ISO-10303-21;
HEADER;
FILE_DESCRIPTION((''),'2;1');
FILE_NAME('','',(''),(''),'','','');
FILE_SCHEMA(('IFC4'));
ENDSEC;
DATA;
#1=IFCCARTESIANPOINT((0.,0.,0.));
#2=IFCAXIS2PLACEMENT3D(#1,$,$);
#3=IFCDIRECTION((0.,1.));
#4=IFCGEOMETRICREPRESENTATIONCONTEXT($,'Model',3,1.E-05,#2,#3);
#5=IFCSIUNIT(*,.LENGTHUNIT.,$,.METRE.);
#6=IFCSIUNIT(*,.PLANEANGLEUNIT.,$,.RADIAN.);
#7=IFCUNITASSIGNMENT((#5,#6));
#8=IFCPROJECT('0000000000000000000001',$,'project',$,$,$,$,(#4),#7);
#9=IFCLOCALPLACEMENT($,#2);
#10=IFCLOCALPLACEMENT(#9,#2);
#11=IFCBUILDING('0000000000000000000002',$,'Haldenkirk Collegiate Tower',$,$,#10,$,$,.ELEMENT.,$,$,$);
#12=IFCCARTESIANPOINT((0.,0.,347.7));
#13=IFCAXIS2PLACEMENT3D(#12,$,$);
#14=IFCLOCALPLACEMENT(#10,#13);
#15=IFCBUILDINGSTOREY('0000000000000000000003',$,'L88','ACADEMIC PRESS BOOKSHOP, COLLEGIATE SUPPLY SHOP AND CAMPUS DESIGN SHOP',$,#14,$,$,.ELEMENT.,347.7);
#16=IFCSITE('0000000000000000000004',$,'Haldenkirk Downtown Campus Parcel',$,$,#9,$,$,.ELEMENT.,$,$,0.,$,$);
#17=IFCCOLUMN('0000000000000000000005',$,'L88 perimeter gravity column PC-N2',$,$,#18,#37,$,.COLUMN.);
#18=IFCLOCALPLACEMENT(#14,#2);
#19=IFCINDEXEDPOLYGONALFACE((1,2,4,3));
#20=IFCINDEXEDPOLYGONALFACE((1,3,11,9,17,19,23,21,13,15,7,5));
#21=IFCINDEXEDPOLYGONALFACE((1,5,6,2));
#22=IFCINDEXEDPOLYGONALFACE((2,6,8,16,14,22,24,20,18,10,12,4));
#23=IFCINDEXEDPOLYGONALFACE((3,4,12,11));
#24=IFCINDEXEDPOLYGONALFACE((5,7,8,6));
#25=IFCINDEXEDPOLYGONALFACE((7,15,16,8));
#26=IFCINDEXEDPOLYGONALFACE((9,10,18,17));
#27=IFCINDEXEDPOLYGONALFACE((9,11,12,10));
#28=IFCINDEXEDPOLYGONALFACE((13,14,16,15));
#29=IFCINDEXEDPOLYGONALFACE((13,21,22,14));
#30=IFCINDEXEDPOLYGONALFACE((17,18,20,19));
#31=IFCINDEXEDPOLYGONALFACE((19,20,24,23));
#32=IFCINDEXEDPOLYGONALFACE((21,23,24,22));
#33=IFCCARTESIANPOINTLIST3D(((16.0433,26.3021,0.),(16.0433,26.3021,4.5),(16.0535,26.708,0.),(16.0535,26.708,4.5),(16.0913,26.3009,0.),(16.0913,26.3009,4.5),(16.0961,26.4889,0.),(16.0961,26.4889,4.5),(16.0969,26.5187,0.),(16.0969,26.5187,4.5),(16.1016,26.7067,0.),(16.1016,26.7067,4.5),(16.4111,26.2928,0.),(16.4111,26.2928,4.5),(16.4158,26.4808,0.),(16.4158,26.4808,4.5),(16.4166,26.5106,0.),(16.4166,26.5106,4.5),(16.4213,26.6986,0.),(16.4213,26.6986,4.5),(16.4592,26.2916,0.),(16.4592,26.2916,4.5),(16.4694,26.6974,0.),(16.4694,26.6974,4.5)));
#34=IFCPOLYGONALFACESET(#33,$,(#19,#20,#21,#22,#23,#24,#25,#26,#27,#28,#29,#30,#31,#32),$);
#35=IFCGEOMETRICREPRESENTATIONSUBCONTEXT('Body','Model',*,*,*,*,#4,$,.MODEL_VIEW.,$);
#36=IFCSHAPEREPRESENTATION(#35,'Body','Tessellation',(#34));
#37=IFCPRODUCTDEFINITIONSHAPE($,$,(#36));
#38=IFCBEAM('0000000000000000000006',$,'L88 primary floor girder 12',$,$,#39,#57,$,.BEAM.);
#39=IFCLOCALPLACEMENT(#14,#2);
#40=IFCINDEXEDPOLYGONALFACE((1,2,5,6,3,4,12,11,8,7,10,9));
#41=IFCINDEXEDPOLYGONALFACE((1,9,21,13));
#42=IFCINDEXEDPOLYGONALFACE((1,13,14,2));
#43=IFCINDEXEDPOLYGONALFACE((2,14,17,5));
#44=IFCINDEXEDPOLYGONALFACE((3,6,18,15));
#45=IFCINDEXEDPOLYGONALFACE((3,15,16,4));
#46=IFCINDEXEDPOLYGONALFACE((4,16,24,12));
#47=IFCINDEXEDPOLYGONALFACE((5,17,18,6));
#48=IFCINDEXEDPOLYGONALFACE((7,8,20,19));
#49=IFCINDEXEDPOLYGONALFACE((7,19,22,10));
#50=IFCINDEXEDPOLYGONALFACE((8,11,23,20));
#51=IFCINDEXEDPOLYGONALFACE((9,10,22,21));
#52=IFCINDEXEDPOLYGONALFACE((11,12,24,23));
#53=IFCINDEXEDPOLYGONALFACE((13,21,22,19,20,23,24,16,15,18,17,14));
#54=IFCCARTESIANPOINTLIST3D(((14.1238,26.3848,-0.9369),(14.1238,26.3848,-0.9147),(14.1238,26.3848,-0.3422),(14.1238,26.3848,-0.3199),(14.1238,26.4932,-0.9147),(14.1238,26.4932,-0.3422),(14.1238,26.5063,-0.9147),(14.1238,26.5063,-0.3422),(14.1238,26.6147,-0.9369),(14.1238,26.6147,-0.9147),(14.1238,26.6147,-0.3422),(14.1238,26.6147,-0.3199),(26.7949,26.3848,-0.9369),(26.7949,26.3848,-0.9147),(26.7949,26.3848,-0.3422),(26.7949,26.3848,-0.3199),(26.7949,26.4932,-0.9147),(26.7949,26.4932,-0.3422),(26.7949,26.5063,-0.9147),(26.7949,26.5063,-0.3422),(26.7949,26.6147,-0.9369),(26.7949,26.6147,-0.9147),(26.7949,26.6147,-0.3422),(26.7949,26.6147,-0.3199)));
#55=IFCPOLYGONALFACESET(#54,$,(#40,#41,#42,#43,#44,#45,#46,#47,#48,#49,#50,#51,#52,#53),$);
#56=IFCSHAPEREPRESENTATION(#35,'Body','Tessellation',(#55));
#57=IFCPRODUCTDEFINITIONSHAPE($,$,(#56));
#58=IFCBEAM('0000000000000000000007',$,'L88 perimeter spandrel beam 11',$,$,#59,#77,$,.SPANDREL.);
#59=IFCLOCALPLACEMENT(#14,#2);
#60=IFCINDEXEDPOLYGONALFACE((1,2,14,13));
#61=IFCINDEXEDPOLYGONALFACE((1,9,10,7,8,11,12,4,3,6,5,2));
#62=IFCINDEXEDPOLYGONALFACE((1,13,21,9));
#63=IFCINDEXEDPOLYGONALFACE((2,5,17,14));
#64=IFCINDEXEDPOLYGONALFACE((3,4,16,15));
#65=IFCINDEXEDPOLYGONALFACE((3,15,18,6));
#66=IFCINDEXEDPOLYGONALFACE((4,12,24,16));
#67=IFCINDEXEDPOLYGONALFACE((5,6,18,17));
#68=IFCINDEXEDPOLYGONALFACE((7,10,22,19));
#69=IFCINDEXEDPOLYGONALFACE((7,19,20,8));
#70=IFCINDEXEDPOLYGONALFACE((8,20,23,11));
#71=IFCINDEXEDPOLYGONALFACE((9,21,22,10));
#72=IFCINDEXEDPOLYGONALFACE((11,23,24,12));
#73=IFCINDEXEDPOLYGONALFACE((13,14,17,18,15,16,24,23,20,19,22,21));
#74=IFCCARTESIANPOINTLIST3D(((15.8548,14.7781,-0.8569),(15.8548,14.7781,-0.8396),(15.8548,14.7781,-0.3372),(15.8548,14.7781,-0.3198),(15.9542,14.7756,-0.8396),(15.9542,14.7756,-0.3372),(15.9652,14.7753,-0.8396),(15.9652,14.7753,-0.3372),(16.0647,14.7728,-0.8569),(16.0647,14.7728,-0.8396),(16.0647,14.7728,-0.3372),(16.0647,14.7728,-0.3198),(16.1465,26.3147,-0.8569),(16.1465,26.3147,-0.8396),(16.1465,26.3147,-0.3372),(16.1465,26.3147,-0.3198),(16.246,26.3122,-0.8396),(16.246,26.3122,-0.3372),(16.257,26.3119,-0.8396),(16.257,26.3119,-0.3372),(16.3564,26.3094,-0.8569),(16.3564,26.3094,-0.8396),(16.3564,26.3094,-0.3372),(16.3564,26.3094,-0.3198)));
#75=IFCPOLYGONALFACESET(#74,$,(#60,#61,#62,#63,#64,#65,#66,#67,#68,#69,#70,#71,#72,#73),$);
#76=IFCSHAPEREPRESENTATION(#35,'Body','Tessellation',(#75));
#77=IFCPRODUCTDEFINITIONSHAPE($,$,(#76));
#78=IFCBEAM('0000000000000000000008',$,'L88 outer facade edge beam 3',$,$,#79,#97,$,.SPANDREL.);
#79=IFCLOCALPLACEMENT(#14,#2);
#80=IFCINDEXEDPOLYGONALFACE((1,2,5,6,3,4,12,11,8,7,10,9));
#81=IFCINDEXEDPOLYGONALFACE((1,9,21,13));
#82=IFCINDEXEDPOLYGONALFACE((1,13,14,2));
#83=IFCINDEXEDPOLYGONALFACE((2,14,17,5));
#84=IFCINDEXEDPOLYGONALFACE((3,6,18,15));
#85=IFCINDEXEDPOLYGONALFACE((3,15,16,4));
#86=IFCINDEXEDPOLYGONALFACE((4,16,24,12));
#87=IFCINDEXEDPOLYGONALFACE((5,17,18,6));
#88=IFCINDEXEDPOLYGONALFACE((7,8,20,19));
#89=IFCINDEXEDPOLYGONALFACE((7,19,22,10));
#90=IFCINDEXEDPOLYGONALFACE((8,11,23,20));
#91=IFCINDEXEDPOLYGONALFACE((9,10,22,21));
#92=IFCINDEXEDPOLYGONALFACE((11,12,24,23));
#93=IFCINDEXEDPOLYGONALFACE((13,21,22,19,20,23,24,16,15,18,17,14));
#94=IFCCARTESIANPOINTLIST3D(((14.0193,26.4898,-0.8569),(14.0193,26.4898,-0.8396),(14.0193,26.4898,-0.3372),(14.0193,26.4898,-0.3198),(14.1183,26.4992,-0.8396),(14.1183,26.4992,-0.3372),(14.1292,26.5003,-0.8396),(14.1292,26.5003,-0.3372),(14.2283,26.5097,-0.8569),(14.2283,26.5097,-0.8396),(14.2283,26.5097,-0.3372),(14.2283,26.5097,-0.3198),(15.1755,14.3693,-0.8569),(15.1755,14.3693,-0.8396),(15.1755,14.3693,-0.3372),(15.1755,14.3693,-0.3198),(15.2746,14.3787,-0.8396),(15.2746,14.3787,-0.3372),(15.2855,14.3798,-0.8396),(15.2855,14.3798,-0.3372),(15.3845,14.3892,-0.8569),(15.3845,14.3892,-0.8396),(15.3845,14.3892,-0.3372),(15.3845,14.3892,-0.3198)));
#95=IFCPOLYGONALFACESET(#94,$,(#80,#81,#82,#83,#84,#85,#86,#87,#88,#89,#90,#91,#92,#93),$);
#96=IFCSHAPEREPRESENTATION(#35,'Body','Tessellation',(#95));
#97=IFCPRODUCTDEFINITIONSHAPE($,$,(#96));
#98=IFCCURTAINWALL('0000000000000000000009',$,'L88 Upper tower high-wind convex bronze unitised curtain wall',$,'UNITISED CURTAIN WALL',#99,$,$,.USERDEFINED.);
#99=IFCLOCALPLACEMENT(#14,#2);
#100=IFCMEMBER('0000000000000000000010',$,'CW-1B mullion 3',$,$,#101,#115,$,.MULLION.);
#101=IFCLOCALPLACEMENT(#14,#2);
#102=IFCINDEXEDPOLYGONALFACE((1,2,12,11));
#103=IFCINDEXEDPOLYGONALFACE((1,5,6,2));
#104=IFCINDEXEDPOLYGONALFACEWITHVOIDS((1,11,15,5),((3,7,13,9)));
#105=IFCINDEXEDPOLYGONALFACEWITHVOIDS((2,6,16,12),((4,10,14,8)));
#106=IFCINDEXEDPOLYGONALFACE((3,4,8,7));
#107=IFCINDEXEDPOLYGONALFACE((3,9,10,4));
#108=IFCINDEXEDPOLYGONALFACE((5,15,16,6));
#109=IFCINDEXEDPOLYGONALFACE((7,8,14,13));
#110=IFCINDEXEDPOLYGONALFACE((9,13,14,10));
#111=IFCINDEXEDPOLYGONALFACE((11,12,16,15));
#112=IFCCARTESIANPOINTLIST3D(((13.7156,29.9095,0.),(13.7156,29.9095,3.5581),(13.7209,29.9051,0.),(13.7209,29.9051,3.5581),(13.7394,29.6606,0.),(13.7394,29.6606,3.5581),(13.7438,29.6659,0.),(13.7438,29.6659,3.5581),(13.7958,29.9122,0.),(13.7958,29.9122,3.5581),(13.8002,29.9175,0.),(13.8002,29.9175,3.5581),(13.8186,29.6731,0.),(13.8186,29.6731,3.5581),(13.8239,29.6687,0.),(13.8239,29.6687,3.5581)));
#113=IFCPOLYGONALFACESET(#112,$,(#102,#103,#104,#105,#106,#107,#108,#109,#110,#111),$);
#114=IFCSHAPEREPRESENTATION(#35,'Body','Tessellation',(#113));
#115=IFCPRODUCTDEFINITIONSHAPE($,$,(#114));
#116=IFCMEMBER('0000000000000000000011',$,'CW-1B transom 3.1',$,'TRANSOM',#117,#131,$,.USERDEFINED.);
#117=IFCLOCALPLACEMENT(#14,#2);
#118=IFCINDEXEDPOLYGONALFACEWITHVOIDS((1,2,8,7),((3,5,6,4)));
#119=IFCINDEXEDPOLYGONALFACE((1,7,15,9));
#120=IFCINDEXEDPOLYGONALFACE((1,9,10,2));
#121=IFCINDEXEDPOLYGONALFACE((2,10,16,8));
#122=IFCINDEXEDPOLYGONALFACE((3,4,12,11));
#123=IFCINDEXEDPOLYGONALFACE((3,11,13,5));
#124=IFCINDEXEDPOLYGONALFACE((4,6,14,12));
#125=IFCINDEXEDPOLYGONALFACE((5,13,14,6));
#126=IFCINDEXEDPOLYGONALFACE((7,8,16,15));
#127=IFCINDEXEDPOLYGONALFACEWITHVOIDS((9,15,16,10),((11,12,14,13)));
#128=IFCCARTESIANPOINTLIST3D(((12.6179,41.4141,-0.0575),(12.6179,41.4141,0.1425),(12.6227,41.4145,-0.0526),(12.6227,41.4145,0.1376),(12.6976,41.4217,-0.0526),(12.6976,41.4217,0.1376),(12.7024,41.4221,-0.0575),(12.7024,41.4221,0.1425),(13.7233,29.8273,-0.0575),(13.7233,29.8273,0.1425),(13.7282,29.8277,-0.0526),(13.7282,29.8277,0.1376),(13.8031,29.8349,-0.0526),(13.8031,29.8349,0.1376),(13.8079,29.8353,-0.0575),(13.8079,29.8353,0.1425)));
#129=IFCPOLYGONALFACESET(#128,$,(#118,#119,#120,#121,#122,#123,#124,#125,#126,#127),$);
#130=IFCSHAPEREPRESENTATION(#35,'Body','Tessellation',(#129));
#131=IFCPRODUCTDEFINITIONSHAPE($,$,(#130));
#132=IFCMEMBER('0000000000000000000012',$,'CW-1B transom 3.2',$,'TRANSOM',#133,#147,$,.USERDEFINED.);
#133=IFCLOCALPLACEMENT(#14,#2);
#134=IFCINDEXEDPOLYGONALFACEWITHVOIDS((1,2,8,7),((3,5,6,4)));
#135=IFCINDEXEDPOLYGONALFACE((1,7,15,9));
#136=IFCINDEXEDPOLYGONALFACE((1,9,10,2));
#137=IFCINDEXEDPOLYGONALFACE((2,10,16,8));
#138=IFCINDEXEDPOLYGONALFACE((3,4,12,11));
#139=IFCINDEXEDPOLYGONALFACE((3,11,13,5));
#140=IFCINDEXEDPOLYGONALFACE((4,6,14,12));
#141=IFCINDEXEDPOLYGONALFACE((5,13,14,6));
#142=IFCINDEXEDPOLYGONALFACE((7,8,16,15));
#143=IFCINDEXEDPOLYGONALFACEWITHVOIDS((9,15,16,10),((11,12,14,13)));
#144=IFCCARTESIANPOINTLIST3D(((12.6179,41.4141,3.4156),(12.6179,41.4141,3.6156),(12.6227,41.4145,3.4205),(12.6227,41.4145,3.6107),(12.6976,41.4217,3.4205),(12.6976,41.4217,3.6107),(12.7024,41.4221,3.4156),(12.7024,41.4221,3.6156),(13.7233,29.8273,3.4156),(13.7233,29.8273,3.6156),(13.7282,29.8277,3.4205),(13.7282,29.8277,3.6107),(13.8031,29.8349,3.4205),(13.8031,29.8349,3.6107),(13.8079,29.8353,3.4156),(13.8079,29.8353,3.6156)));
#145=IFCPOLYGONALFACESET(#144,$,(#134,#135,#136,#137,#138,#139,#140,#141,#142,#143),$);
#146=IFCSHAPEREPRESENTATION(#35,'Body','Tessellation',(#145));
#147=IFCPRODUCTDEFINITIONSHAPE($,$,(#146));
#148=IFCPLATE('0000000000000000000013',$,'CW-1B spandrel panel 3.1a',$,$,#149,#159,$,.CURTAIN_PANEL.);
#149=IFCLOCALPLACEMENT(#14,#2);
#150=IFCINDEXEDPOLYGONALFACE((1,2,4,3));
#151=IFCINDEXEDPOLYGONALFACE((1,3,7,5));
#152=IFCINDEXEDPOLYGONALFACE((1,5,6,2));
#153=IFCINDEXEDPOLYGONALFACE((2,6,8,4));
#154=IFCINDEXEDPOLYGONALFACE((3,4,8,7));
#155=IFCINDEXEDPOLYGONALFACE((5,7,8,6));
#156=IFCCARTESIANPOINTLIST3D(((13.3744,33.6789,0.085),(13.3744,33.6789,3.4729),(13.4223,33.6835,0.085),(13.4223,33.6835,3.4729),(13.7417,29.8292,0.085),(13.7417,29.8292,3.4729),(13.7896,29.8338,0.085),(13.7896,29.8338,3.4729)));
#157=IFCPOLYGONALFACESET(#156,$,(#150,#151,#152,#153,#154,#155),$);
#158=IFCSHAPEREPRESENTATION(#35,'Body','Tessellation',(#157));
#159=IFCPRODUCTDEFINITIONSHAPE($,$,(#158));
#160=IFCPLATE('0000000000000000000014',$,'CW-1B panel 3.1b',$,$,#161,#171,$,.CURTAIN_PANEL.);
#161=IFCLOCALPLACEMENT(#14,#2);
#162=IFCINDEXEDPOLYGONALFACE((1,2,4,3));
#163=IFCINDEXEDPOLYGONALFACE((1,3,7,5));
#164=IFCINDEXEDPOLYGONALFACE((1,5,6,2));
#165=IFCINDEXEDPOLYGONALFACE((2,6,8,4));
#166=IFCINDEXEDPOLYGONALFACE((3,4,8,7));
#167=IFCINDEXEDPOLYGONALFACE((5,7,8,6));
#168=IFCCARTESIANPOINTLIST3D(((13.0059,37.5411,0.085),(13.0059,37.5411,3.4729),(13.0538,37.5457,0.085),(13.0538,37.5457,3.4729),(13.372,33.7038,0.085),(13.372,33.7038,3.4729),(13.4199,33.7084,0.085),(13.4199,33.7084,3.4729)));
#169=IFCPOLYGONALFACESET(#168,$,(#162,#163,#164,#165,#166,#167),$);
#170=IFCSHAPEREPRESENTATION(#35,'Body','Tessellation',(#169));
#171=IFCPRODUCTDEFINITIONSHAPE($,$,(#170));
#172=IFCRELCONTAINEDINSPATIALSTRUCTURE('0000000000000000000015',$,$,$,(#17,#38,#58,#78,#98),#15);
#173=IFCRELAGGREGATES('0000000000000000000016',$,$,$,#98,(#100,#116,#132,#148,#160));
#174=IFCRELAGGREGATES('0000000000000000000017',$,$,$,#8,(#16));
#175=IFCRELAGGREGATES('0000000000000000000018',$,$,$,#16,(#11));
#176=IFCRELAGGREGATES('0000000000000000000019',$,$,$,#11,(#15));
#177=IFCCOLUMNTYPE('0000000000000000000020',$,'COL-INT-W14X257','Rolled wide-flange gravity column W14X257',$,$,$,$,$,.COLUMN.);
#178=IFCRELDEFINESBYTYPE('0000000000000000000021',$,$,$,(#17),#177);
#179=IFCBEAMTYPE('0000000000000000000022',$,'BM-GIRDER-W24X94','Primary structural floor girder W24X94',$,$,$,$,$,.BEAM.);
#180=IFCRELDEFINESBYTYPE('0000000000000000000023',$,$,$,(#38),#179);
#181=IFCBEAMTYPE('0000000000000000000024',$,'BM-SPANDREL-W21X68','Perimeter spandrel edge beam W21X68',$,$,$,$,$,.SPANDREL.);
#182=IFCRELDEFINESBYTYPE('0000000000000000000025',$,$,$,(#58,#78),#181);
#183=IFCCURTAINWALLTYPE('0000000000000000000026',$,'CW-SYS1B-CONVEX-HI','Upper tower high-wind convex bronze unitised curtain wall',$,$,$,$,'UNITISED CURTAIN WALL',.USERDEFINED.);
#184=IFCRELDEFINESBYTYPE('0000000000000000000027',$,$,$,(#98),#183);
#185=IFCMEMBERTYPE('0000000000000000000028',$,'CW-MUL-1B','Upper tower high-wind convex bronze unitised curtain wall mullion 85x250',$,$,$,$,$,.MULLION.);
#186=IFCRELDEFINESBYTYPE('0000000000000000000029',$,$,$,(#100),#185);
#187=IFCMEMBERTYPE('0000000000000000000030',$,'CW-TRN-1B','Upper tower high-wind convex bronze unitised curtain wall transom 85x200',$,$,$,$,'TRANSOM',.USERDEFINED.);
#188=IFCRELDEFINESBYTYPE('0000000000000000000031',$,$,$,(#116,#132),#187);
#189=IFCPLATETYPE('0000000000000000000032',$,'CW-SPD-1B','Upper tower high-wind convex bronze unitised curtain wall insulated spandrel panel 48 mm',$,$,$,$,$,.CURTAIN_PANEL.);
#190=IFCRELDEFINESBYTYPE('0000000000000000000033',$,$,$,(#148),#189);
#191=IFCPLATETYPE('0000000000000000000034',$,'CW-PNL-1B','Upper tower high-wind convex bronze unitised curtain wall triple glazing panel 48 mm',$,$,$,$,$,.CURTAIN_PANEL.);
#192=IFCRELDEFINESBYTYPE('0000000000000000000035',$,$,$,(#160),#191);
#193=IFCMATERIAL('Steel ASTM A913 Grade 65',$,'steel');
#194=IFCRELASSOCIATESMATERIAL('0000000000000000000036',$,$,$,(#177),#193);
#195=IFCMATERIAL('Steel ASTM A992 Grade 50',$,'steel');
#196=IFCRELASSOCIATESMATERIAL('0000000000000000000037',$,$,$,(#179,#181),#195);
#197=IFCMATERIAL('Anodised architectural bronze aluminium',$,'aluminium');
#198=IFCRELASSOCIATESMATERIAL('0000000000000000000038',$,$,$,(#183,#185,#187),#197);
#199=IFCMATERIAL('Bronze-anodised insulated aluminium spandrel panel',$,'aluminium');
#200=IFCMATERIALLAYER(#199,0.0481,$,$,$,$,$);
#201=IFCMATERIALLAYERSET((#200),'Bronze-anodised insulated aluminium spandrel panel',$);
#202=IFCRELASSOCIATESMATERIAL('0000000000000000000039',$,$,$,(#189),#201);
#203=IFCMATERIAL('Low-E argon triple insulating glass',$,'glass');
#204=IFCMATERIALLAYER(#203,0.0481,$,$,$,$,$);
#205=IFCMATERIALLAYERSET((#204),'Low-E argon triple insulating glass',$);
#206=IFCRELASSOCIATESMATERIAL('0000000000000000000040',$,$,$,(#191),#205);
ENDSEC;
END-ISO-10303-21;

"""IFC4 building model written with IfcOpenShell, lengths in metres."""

from ifc_helpers import new_model, si_unit, direction, frame, origin, origin_2d, place, context, subcontext, project, spatial, rectangle, hollow_rectangle, i_section, extrude, source, transform, mapped, material, layer, layer_set, material_profile, profile_set, type_object, element, aggregate, save


model = new_model("IFC4")

# Units and contexts
model_context = context("Model", 3, precision=1e-05, world=origin(), true_north=direction((0.0, 1.0)))
body_context = subcontext(model_context, "Body", "Model", "MODEL_VIEW")
ifc_project = project(units=[si_unit("LENGTHUNIT", "METRE"), si_unit("PLANEANGLEUNIT", "RADIAN")], contexts=[model_context])

# Site, building, storey
site_placement = place(None, origin())
site = spatial("IfcSite", under=ifc_project, at=site_placement, Name="Haldenkirk Downtown Campus Parcel", CompositionType="ELEMENT", RefElevation=0.0)
building_placement = place(site_placement, origin())
building = spatial("IfcBuilding", under=site, at=building_placement, Name="Haldenkirk Collegiate Tower", CompositionType="ELEMENT")
storey_placement = place(building_placement, frame((0.0, 0.0, 347.7)))
storey = spatial("IfcBuildingStorey", under=building, at=storey_placement, Name="L88", Description="ACADEMIC PRESS BOOKSHOP, COLLEGIATE SUPPLY SHOP AND CAMPUS DESIGN SHOP", CompositionType="ELEMENT", Elevation=347.7)

# Column
ifc_material_1 = material(Name="Steel ASTM A913 Grade 65", Category="steel")
ifc_material_profile_1 = material_profile(ifc_material_1, i_section(OverallWidth=0.406, OverallDepth=0.416, WebThickness=0.0298, FlangeThickness=0.0481, at=origin_2d()), Name="W14X257")
ifc_profile_set_1 = profile_set([ifc_material_profile_1], Name="Steel ASTM A913 Grade 65")
column_type = type_object("IfcColumnType", Name="COL-INT-W14X257", Description="Rolled wide-flange gravity column W14X257", PredefinedType="COLUMN", material=ifc_profile_set_1)
column_placement = place(storey_placement, frame((16.2563, 26.4998, 0.0), z_axis=(0.0, 0.0, 1.0), x_axis=(0.025305, 0.99968, 0.0)))
element("IfcColumn", 1, at=column_placement, inside=storey, type_object=column_type, Name="L88 perimeter gravity column PC-N2", PredefinedType="COLUMN", context=body_context, shape_type="SweptSolid", body=[
    extrude(i_section(OverallWidth=0.406, OverallDepth=0.416, WebThickness=0.0298, FlangeThickness=0.0481, at=origin_2d()), origin(), (0.0, 0.0, 1.0), 4.5),
])

# Beams
ifc_material_2 = material(Name="Steel ASTM A992 Grade 50", Category="steel")
ifc_material_profile_2 = material_profile(ifc_material_2, i_section(OverallWidth=0.23, OverallDepth=0.6169, WebThickness=0.0132, FlangeThickness=0.0222, at=origin_2d()), Name="W24X94")
ifc_profile_set_2 = profile_set([ifc_material_profile_2], Name="Steel ASTM A992 Grade 50")
beam_type_1 = type_object("IfcBeamType", Name="BM-GIRDER-W24X94", Description="Primary structural floor girder W24X94", PredefinedType="BEAM", material=ifc_profile_set_2)
beam_1_placement = place(storey_placement, frame((14.1238, 26.4998, -0.6284), z_axis=(1.0, 0.0, 0.0), x_axis=(0.0, 1.0, 0.0)))
element("IfcBeam", 2, at=beam_1_placement, inside=storey, type_object=beam_type_1, Name="L88 primary floor girder 12", PredefinedType="BEAM", context=body_context, shape_type="SweptSolid", body=[
    extrude(i_section(OverallWidth=0.23, OverallDepth=0.6169, WebThickness=0.0132, FlangeThickness=0.0222, at=origin_2d()), origin(), (0.0, 0.0, 1.0), 12.6711),
])
ifc_material_profile_3 = material_profile(ifc_material_2, i_section(OverallWidth=0.21, OverallDepth=0.5371, WebThickness=0.011, FlangeThickness=0.0173, at=origin_2d()), Name="W21X68")
ifc_profile_set_3 = profile_set([ifc_material_profile_3], Name="Steel ASTM A992 Grade 50")
beam_type_2 = type_object("IfcBeamType", Name="BM-SPANDREL-W21X68", Description="Perimeter spandrel edge beam W21X68", PredefinedType="SPANDREL", material=ifc_profile_set_3)
beam_2_placement = place(storey_placement, frame((16.2515, 26.312, -0.5884), z_axis=(-0.025281, -0.99968, 0.0), x_axis=(0.99968, -0.025281, 0.0)))
element("IfcBeam", 3, at=beam_2_placement, inside=storey, type_object=beam_type_2, Name="L88 perimeter spandrel beam 11", PredefinedType="SPANDREL", context=body_context, shape_type="SweptSolid", body=[
    extrude(i_section(OverallWidth=0.21, OverallDepth=0.5371, WebThickness=0.011, FlangeThickness=0.0173, at=origin_2d()), origin(), (0.0, 0.0, 1.0), 11.5403),
])
beam_3_placement = place(storey_placement, frame((14.1238, 26.4998, -0.5884), z_axis=(0.094964, -0.995481, 0.0), x_axis=(0.995481, 0.094964, 0.0)))
element("IfcBeam", 4, at=beam_3_placement, inside=storey, type_object=beam_type_2, Name="L88 outer facade edge beam 3", PredefinedType="SPANDREL", context=body_context, shape_type="SweptSolid", body=[
    extrude(i_section(OverallWidth=0.21, OverallDepth=0.5371, WebThickness=0.011, FlangeThickness=0.0173, at=origin_2d()), origin(), (0.0, 0.0, 1.0), 12.1755),
])

# Curtain wall, members, plates
ifc_material_3 = material(Name="Anodised architectural bronze aluminium", Category="aluminium")
curtain_wall_type = type_object("IfcCurtainWallType", Name="CW-SYS1B-CONVEX-HI", Description="Upper tower high-wind convex bronze unitised curtain wall", ElementType="UNITISED CURTAIN WALL", PredefinedType="USERDEFINED", material=ifc_material_3)
curtain_wall_placement = place(storey_placement, origin())
curtain_wall = element("IfcCurtainWall", 5, at=curtain_wall_placement, inside=storey, type_object=curtain_wall_type, Name="L88 Upper tower high-wind convex bronze unitised curtain wall", ObjectType="UNITISED CURTAIN WALL", PredefinedType="USERDEFINED")
ifc_material_profile_4 = material_profile(ifc_material_3, hollow_rectangle(XDim=0.085, YDim=0.25, WallThickness=0.0049, at=origin_2d()), Name="CW-MUL-1B")
ifc_profile_set_4 = profile_set([ifc_material_profile_4], Name="Anodised architectural bronze aluminium")
member_type_1 = type_object("IfcMemberType", Name="CW-MUL-1B", Description="Upper tower high-wind convex bronze unitised curtain wall mullion 85x250", PredefinedType="MULLION", material=ifc_profile_set_4)
member_1_placement = place(storey_placement, frame((13.7698, 29.7891, 0.0), z_axis=(0.0, 0.0, 1.0), x_axis=(-0.995479, -0.094977, 0.0)))
member_1 = element("IfcMember", 6, at=member_1_placement, type_object=member_type_1, Name="CW-1B mullion 3", PredefinedType="MULLION", context=body_context, shape_type="SweptSolid", body=[
    extrude(hollow_rectangle(XDim=0.085, YDim=0.25, WallThickness=0.0049, at=origin_2d()), origin(), (0.0, 0.0, 1.0), 3.5581),
])
ifc_material_profile_5 = material_profile(ifc_material_3, hollow_rectangle(XDim=0.085, YDim=0.2, WallThickness=0.0049, at=origin_2d()), Name="CW-TRN-1B")
ifc_profile_set_5 = profile_set([ifc_material_profile_5], Name="Anodised architectural bronze aluminium")
member_type_2 = type_object("IfcMemberType", Name="CW-TRN-1B", Description="Upper tower high-wind convex bronze unitised curtain wall transom 85x200", ElementType="TRANSOM", PredefinedType="USERDEFINED", material=ifc_profile_set_5)
member_2_placement = place(storey_placement, frame((13.7656, 29.8313, 0.0425), z_axis=(-0.094977, 0.995479, 0.0), x_axis=(-0.995479, -0.094977, 0.0)))
member_2 = element("IfcMember", 7, at=member_2_placement, type_object=member_type_2, Name="CW-1B transom 3.1", ObjectType="TRANSOM", PredefinedType="USERDEFINED", context=body_context, shape_type="SweptSolid", body=[
    extrude(hollow_rectangle(XDim=0.085, YDim=0.2, WallThickness=0.0049, at=origin_2d()), origin(), (0.0, 0.0, 1.0), 11.6394),
])
member_3_placement = place(storey_placement, frame((13.7656, 29.8313, 3.5156), z_axis=(-0.094977, 0.995479, 0.0), x_axis=(-0.995479, -0.094977, 0.0)))
member_3 = element("IfcMember", 8, at=member_3_placement, type_object=member_type_2, Name="CW-1B transom 3.2", ObjectType="TRANSOM", PredefinedType="USERDEFINED", context=body_context, shape_type="SweptSolid", body=[
    extrude(hollow_rectangle(XDim=0.085, YDim=0.2, WallThickness=0.0049, at=origin_2d()), origin(), (0.0, 0.0, 1.0), 11.6394),
])
ifc_material_4 = material(Name="Bronze-anodised insulated aluminium spandrel panel", Category="aluminium")
ifc_layer_1 = layer(ifc_material_4, 0.0481)
ifc_layer_set_1 = layer_set([ifc_layer_1], Name="Bronze-anodised insulated aluminium spandrel panel")
plate_type_1 = type_object("IfcPlateType", Name="CW-SPD-1B", Description="Upper tower high-wind convex bronze unitised curtain wall insulated spandrel panel 48 mm", PredefinedType="CURTAIN_PANEL", material=ifc_layer_set_1)
shared_shape_1 = source(origin(), body_context, "Body", "SweptSolid", [
    extrude(rectangle(XDim=3.8672, YDim=0.0481, at=origin_2d()), origin(), (0.0, 0.0, 1.0), 3.3879),
])
plate_1_placement = place(storey_placement, frame((13.582, 31.7563, 0.085), z_axis=(0.0, 0.0, 1.0), x_axis=(-0.094977, 0.995479, 0.0)))
plate_1 = element("IfcPlate", 9, at=plate_1_placement, type_object=plate_type_1, Name="CW-1B spandrel panel 3.1a", PredefinedType="CURTAIN_PANEL", context=body_context, shape_type="MappedRepresentation", body=[
    mapped(shared_shape_1, transform((0.0, 0.0, 0.0), x_axis=(1.0, 0.0, 0.0), y_axis=(0.0, 1.0, 0.0), z_axis=(0.0, 0.0, 1.0), scale=1.0)),
])
ifc_material_5 = material(Name="Low-E argon triple insulating glass", Category="glass")
ifc_layer_2 = layer(ifc_material_5, 0.0481)
ifc_layer_set_2 = layer_set([ifc_layer_2], Name="Low-E argon triple insulating glass")
plate_type_2 = type_object("IfcPlateType", Name="CW-PNL-1B", Description="Upper tower high-wind convex bronze unitised curtain wall triple glazing panel 48 mm", PredefinedType="CURTAIN_PANEL", material=ifc_layer_set_2)
shared_shape_2 = source(origin(), body_context, "Body", "SweptSolid", [
    extrude(rectangle(XDim=3.8547, YDim=0.0481, at=origin_2d()), origin(), (0.0, 0.0, 1.0), 3.3879),
])
plate_2_placement = place(storey_placement, frame((13.2129, 35.6248, 0.085), z_axis=(0.0, 0.0, 1.0), x_axis=(-0.094977, 0.995479, 0.0)))
plate_2 = element("IfcPlate", 10, at=plate_2_placement, type_object=plate_type_2, Name="CW-1B panel 3.1b", PredefinedType="CURTAIN_PANEL", context=body_context, shape_type="MappedRepresentation", body=[
    mapped(shared_shape_2, transform((0.0, 0.0, 0.0), x_axis=(1.0, 0.0, 0.0), y_axis=(0.0, 1.0, 0.0), z_axis=(0.0, 0.0, 1.0), scale=1.0)),
])
aggregate(curtain_wall, [member_1, member_2, member_3, plate_1, plate_2])

save(model, "model.ifc")
